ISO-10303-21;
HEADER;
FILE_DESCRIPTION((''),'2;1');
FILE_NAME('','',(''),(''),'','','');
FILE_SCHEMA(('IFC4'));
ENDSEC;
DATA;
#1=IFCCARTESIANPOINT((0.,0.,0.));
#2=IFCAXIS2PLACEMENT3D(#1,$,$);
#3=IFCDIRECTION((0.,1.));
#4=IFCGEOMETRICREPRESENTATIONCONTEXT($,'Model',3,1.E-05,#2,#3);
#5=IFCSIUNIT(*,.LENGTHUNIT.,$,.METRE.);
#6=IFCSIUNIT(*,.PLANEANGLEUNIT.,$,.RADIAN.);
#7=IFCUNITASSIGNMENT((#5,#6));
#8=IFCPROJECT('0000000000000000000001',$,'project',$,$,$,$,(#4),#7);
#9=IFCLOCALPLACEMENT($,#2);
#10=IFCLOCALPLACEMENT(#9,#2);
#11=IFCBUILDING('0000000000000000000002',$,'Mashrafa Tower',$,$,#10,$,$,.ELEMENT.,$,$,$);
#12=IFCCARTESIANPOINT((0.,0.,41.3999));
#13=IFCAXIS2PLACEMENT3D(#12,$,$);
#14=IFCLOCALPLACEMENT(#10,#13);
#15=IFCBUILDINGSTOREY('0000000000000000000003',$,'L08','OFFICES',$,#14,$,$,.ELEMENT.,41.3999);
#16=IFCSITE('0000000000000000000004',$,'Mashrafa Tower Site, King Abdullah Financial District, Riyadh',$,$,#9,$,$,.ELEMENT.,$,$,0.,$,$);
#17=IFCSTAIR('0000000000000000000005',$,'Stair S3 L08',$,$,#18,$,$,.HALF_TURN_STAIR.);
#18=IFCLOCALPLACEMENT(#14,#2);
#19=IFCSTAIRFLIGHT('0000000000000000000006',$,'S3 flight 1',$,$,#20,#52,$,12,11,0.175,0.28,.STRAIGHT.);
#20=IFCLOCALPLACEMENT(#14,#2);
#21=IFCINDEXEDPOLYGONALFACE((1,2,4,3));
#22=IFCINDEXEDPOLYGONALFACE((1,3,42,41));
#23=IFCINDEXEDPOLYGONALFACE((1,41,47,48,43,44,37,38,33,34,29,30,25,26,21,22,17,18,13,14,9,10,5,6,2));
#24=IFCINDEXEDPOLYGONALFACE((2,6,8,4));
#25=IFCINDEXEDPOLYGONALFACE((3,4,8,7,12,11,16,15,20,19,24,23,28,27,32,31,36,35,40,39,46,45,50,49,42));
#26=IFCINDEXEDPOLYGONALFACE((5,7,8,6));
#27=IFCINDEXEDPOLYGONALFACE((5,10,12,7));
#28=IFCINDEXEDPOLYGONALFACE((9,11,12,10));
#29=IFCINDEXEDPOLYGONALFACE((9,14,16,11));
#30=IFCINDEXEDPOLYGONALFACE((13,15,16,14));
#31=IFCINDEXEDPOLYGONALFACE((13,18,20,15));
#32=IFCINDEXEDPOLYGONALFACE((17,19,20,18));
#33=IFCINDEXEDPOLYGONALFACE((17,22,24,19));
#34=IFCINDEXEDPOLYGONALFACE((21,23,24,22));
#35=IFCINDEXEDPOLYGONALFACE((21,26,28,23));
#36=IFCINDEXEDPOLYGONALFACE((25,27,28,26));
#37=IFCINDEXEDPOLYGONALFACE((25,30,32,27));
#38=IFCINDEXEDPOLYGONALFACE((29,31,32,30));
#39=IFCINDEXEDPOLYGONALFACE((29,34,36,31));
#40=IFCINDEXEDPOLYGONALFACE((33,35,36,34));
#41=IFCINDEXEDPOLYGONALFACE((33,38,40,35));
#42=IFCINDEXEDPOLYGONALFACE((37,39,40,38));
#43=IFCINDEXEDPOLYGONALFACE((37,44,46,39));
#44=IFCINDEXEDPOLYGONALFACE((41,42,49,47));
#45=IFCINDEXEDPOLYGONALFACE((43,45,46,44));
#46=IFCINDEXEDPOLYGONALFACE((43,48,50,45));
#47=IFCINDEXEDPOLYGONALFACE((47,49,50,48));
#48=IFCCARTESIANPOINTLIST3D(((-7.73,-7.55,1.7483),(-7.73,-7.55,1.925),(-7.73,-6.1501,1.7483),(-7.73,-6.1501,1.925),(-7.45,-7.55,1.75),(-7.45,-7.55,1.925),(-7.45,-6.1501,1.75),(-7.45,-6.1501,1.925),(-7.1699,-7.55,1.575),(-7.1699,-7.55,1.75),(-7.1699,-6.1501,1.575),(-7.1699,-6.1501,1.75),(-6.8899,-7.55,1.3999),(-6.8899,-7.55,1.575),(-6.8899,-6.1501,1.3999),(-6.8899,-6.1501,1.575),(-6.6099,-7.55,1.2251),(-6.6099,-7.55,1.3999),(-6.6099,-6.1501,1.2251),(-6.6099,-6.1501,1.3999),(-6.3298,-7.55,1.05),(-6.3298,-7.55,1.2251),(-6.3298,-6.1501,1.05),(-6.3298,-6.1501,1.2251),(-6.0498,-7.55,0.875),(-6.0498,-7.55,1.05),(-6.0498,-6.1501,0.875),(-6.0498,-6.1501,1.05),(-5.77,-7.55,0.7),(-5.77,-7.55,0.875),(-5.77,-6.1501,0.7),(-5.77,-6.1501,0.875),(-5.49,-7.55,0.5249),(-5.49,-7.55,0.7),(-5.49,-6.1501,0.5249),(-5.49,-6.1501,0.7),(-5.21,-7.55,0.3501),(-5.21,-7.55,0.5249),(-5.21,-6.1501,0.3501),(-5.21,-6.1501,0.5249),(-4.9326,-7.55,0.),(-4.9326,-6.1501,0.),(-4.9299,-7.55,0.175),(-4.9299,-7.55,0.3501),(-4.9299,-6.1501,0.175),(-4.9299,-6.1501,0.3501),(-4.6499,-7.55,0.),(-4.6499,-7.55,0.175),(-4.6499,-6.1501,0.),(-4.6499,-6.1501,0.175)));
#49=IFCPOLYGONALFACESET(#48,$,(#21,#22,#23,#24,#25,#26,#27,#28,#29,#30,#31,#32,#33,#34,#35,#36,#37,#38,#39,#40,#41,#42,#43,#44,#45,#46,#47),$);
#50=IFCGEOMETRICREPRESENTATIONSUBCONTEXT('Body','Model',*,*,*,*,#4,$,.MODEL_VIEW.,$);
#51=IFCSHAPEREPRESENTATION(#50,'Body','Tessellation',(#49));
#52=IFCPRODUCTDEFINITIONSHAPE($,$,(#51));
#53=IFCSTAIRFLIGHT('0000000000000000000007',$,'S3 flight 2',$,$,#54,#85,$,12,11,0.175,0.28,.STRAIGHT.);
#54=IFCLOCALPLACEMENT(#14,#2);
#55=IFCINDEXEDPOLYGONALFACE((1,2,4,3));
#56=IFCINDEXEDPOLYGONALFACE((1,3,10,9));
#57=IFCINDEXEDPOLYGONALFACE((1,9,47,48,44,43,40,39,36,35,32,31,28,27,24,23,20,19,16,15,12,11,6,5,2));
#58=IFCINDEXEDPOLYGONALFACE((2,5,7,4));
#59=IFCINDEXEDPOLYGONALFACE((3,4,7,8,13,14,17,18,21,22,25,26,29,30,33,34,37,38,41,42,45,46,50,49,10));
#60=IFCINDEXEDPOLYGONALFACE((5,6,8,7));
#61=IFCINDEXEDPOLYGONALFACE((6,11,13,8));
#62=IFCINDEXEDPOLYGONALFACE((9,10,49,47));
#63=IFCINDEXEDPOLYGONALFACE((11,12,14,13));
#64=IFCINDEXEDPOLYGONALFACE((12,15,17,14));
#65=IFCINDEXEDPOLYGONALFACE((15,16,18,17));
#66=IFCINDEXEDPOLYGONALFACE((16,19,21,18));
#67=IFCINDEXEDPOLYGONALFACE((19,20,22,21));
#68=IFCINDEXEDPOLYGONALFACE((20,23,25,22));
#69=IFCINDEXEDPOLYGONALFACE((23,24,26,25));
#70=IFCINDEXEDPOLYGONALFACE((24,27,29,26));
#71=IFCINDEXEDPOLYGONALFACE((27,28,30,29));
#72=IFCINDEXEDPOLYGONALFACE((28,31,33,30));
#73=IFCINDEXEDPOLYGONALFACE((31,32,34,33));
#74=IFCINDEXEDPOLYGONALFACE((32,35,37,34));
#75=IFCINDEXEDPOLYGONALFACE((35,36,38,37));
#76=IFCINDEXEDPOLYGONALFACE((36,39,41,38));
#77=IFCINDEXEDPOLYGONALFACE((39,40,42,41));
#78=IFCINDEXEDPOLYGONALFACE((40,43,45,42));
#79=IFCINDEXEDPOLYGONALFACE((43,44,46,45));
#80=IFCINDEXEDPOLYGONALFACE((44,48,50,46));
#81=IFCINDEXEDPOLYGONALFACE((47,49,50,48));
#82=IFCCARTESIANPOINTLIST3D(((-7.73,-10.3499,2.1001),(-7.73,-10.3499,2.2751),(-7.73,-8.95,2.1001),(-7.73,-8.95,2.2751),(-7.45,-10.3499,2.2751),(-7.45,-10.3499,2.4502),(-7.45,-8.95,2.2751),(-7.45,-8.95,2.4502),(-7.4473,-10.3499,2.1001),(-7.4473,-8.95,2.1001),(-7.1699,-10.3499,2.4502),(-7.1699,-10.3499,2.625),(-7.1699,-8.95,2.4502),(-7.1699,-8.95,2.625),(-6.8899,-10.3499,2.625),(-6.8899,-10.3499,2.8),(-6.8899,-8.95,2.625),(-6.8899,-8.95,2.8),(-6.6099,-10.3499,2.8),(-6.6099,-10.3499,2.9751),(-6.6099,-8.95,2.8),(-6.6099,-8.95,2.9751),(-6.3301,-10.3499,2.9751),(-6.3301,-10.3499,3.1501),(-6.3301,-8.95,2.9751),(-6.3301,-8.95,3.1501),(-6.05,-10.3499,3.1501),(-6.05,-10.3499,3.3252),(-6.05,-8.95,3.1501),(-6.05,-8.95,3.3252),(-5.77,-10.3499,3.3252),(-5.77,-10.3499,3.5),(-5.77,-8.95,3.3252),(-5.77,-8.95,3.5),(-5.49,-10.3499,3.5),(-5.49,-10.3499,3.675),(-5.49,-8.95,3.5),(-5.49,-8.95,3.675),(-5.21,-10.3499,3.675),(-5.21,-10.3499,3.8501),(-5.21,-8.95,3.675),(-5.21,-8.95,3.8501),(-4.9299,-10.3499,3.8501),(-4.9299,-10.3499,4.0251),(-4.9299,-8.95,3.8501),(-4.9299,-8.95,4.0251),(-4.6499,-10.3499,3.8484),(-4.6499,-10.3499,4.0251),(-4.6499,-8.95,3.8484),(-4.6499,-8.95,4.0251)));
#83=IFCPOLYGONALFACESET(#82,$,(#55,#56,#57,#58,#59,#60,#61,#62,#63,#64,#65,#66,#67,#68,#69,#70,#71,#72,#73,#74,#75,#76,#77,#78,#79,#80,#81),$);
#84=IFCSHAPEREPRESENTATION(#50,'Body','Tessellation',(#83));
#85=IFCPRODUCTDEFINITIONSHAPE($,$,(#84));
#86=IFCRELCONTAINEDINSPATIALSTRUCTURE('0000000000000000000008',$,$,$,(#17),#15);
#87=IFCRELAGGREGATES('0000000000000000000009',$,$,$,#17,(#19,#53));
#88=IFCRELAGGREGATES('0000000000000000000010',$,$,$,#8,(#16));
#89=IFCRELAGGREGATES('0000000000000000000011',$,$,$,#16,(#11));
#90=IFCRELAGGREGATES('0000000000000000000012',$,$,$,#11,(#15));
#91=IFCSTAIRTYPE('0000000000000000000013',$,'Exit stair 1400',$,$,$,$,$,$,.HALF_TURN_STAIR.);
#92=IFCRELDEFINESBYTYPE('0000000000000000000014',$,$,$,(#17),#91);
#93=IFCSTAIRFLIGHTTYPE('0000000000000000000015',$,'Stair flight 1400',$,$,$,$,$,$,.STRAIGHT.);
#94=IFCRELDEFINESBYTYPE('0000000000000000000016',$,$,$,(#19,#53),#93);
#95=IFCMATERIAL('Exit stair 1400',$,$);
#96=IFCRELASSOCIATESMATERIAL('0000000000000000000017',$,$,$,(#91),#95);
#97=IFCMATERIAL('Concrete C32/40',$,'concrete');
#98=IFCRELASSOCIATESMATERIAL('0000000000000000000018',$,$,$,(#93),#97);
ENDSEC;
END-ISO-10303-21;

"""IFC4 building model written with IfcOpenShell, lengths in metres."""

from ifc_helpers import new_model, si_unit, direction, frame, origin, place, context, subcontext, project, spatial, polyline, outline, extrude, material, type_object, element, aggregate, save


model = new_model("IFC4")

# Units and contexts
model_context = context("Model", 3, precision=1e-05, world=origin(), true_north=direction((0.0, 1.0)))
body_context = subcontext(model_context, "Body", "Model", "MODEL_VIEW")
ifc_project = project(units=[si_unit("LENGTHUNIT", "METRE"), si_unit("PLANEANGLEUNIT", "RADIAN")], contexts=[model_context])

# Site, building, storey
site_placement = place(None, origin())
site = spatial("IfcSite", under=ifc_project, at=site_placement, Name="Mashrafa Tower Site, King Abdullah Financial District, Riyadh", CompositionType="ELEMENT", RefElevation=0.0)
building_placement = place(site_placement, origin())
building = spatial("IfcBuilding", under=site, at=building_placement, Name="Mashrafa Tower", CompositionType="ELEMENT")
storey_placement = place(building_placement, frame((0.0, 0.0, 41.3999)))
storey = spatial("IfcBuildingStorey", under=building, at=storey_placement, Name="L08", Description="OFFICES", CompositionType="ELEMENT", Elevation=41.3999)

# Stair, stair flights
ifc_material_1 = material(Name="Exit stair 1400")
stair_type = type_object("IfcStairType", Name="Exit stair 1400", PredefinedType="HALF_TURN_STAIR", material=ifc_material_1)
stair_placement = place(storey_placement, origin())
stair = element("IfcStair", 1, at=stair_placement, inside=storey, type_object=stair_type, Name="Stair S3 L08", PredefinedType="HALF_TURN_STAIR")
ifc_material_2 = material(Name="Concrete C32/40", Category="concrete")
stair_flight_type = type_object("IfcStairFlightType", Name="Stair flight 1400", PredefinedType="STRAIGHT", material=ifc_material_2)
stair_flight_1_placement = place(storey_placement, frame((-4.6499, -6.8501, 0.0), z_axis=(0.0, 0.0, 1.0), x_axis=(-1.0, 0.0, 0.0)))
stair_flight_1 = element("IfcStairFlight", 2, at=stair_flight_1_placement, type_object=stair_flight_type, Name="S3 flight 1", NumberOfRisers=12, NumberOfTreads=11, PredefinedType="STRAIGHT", RiserHeight=0.175, TreadLength=0.28, context=body_context, shape_type="SweptSolid", body=[
    extrude(outline(polyline([(0.0, 0.0), (0.0, 0.175), (0.28, 0.175), (0.28, 0.3501), (0.5601, 0.3501), (0.5601, 0.5249), (0.8401, 0.5249), (0.8401, 0.7), (1.1201, 0.7), (1.1201, 0.875), (1.3999, 0.875), (1.3999, 1.05), (1.6799, 1.05), (1.6799, 1.2251), (1.96, 1.2251), (1.96, 1.3999), (2.24, 1.3999), (2.24, 1.575), (2.52, 1.575), (2.52, 1.75), (2.8, 1.75), (2.8, 1.925), (3.0801, 1.925), (3.0801, 2.1001), (3.0801, 1.7483), (0.2827, 0.0), (0.0, 0.0)])), frame((0.0, 0.7, 0.0), z_axis=(0.0, -1.0, 0.0), x_axis=(1.0, 0.0, 0.0)), (0.0, 0.0, 1.0), 1.3999),
])
stair_flight_2_placement = place(storey_placement, frame((-7.73, -9.6499, 2.1001), z_axis=(0.0, 0.0, 1.0), x_axis=(1.0, 0.0, 0.0)))
stair_flight_2 = element("IfcStairFlight", 3, at=stair_flight_2_placement, type_object=stair_flight_type, Name="S3 flight 2", NumberOfRisers=12, NumberOfTreads=11, PredefinedType="STRAIGHT", RiserHeight=0.175, TreadLength=0.28, context=body_context, shape_type="SweptSolid", body=[
    extrude(outline(polyline([(0.0, 0.0), (0.0, 0.175), (0.28, 0.175), (0.28, 0.3501), (0.5601, 0.3501), (0.5601, 0.5249), (0.8401, 0.5249), (0.8401, 0.7), (1.1201, 0.7), (1.1201, 0.875), (1.3999, 0.875), (1.3999, 1.05), (1.6799, 1.05), (1.6799, 1.2251), (1.96, 1.2251), (1.96, 1.3999), (2.24, 1.3999), (2.24, 1.575), (2.52, 1.575), (2.52, 1.75), (2.8, 1.75), (2.8, 1.925), (3.0801, 1.925), (3.0801, 2.1001), (3.0801, 1.7483), (0.2827, 0.0), (0.0, 0.0)])), frame((0.0, 0.7, 0.0), z_axis=(0.0, -1.0, 0.0), x_axis=(1.0, 0.0, 0.0)), (0.0, 0.0, 1.0), 1.3999),
])
aggregate(stair, [stair_flight_1, stair_flight_2])

save(model, "model.ifc")
